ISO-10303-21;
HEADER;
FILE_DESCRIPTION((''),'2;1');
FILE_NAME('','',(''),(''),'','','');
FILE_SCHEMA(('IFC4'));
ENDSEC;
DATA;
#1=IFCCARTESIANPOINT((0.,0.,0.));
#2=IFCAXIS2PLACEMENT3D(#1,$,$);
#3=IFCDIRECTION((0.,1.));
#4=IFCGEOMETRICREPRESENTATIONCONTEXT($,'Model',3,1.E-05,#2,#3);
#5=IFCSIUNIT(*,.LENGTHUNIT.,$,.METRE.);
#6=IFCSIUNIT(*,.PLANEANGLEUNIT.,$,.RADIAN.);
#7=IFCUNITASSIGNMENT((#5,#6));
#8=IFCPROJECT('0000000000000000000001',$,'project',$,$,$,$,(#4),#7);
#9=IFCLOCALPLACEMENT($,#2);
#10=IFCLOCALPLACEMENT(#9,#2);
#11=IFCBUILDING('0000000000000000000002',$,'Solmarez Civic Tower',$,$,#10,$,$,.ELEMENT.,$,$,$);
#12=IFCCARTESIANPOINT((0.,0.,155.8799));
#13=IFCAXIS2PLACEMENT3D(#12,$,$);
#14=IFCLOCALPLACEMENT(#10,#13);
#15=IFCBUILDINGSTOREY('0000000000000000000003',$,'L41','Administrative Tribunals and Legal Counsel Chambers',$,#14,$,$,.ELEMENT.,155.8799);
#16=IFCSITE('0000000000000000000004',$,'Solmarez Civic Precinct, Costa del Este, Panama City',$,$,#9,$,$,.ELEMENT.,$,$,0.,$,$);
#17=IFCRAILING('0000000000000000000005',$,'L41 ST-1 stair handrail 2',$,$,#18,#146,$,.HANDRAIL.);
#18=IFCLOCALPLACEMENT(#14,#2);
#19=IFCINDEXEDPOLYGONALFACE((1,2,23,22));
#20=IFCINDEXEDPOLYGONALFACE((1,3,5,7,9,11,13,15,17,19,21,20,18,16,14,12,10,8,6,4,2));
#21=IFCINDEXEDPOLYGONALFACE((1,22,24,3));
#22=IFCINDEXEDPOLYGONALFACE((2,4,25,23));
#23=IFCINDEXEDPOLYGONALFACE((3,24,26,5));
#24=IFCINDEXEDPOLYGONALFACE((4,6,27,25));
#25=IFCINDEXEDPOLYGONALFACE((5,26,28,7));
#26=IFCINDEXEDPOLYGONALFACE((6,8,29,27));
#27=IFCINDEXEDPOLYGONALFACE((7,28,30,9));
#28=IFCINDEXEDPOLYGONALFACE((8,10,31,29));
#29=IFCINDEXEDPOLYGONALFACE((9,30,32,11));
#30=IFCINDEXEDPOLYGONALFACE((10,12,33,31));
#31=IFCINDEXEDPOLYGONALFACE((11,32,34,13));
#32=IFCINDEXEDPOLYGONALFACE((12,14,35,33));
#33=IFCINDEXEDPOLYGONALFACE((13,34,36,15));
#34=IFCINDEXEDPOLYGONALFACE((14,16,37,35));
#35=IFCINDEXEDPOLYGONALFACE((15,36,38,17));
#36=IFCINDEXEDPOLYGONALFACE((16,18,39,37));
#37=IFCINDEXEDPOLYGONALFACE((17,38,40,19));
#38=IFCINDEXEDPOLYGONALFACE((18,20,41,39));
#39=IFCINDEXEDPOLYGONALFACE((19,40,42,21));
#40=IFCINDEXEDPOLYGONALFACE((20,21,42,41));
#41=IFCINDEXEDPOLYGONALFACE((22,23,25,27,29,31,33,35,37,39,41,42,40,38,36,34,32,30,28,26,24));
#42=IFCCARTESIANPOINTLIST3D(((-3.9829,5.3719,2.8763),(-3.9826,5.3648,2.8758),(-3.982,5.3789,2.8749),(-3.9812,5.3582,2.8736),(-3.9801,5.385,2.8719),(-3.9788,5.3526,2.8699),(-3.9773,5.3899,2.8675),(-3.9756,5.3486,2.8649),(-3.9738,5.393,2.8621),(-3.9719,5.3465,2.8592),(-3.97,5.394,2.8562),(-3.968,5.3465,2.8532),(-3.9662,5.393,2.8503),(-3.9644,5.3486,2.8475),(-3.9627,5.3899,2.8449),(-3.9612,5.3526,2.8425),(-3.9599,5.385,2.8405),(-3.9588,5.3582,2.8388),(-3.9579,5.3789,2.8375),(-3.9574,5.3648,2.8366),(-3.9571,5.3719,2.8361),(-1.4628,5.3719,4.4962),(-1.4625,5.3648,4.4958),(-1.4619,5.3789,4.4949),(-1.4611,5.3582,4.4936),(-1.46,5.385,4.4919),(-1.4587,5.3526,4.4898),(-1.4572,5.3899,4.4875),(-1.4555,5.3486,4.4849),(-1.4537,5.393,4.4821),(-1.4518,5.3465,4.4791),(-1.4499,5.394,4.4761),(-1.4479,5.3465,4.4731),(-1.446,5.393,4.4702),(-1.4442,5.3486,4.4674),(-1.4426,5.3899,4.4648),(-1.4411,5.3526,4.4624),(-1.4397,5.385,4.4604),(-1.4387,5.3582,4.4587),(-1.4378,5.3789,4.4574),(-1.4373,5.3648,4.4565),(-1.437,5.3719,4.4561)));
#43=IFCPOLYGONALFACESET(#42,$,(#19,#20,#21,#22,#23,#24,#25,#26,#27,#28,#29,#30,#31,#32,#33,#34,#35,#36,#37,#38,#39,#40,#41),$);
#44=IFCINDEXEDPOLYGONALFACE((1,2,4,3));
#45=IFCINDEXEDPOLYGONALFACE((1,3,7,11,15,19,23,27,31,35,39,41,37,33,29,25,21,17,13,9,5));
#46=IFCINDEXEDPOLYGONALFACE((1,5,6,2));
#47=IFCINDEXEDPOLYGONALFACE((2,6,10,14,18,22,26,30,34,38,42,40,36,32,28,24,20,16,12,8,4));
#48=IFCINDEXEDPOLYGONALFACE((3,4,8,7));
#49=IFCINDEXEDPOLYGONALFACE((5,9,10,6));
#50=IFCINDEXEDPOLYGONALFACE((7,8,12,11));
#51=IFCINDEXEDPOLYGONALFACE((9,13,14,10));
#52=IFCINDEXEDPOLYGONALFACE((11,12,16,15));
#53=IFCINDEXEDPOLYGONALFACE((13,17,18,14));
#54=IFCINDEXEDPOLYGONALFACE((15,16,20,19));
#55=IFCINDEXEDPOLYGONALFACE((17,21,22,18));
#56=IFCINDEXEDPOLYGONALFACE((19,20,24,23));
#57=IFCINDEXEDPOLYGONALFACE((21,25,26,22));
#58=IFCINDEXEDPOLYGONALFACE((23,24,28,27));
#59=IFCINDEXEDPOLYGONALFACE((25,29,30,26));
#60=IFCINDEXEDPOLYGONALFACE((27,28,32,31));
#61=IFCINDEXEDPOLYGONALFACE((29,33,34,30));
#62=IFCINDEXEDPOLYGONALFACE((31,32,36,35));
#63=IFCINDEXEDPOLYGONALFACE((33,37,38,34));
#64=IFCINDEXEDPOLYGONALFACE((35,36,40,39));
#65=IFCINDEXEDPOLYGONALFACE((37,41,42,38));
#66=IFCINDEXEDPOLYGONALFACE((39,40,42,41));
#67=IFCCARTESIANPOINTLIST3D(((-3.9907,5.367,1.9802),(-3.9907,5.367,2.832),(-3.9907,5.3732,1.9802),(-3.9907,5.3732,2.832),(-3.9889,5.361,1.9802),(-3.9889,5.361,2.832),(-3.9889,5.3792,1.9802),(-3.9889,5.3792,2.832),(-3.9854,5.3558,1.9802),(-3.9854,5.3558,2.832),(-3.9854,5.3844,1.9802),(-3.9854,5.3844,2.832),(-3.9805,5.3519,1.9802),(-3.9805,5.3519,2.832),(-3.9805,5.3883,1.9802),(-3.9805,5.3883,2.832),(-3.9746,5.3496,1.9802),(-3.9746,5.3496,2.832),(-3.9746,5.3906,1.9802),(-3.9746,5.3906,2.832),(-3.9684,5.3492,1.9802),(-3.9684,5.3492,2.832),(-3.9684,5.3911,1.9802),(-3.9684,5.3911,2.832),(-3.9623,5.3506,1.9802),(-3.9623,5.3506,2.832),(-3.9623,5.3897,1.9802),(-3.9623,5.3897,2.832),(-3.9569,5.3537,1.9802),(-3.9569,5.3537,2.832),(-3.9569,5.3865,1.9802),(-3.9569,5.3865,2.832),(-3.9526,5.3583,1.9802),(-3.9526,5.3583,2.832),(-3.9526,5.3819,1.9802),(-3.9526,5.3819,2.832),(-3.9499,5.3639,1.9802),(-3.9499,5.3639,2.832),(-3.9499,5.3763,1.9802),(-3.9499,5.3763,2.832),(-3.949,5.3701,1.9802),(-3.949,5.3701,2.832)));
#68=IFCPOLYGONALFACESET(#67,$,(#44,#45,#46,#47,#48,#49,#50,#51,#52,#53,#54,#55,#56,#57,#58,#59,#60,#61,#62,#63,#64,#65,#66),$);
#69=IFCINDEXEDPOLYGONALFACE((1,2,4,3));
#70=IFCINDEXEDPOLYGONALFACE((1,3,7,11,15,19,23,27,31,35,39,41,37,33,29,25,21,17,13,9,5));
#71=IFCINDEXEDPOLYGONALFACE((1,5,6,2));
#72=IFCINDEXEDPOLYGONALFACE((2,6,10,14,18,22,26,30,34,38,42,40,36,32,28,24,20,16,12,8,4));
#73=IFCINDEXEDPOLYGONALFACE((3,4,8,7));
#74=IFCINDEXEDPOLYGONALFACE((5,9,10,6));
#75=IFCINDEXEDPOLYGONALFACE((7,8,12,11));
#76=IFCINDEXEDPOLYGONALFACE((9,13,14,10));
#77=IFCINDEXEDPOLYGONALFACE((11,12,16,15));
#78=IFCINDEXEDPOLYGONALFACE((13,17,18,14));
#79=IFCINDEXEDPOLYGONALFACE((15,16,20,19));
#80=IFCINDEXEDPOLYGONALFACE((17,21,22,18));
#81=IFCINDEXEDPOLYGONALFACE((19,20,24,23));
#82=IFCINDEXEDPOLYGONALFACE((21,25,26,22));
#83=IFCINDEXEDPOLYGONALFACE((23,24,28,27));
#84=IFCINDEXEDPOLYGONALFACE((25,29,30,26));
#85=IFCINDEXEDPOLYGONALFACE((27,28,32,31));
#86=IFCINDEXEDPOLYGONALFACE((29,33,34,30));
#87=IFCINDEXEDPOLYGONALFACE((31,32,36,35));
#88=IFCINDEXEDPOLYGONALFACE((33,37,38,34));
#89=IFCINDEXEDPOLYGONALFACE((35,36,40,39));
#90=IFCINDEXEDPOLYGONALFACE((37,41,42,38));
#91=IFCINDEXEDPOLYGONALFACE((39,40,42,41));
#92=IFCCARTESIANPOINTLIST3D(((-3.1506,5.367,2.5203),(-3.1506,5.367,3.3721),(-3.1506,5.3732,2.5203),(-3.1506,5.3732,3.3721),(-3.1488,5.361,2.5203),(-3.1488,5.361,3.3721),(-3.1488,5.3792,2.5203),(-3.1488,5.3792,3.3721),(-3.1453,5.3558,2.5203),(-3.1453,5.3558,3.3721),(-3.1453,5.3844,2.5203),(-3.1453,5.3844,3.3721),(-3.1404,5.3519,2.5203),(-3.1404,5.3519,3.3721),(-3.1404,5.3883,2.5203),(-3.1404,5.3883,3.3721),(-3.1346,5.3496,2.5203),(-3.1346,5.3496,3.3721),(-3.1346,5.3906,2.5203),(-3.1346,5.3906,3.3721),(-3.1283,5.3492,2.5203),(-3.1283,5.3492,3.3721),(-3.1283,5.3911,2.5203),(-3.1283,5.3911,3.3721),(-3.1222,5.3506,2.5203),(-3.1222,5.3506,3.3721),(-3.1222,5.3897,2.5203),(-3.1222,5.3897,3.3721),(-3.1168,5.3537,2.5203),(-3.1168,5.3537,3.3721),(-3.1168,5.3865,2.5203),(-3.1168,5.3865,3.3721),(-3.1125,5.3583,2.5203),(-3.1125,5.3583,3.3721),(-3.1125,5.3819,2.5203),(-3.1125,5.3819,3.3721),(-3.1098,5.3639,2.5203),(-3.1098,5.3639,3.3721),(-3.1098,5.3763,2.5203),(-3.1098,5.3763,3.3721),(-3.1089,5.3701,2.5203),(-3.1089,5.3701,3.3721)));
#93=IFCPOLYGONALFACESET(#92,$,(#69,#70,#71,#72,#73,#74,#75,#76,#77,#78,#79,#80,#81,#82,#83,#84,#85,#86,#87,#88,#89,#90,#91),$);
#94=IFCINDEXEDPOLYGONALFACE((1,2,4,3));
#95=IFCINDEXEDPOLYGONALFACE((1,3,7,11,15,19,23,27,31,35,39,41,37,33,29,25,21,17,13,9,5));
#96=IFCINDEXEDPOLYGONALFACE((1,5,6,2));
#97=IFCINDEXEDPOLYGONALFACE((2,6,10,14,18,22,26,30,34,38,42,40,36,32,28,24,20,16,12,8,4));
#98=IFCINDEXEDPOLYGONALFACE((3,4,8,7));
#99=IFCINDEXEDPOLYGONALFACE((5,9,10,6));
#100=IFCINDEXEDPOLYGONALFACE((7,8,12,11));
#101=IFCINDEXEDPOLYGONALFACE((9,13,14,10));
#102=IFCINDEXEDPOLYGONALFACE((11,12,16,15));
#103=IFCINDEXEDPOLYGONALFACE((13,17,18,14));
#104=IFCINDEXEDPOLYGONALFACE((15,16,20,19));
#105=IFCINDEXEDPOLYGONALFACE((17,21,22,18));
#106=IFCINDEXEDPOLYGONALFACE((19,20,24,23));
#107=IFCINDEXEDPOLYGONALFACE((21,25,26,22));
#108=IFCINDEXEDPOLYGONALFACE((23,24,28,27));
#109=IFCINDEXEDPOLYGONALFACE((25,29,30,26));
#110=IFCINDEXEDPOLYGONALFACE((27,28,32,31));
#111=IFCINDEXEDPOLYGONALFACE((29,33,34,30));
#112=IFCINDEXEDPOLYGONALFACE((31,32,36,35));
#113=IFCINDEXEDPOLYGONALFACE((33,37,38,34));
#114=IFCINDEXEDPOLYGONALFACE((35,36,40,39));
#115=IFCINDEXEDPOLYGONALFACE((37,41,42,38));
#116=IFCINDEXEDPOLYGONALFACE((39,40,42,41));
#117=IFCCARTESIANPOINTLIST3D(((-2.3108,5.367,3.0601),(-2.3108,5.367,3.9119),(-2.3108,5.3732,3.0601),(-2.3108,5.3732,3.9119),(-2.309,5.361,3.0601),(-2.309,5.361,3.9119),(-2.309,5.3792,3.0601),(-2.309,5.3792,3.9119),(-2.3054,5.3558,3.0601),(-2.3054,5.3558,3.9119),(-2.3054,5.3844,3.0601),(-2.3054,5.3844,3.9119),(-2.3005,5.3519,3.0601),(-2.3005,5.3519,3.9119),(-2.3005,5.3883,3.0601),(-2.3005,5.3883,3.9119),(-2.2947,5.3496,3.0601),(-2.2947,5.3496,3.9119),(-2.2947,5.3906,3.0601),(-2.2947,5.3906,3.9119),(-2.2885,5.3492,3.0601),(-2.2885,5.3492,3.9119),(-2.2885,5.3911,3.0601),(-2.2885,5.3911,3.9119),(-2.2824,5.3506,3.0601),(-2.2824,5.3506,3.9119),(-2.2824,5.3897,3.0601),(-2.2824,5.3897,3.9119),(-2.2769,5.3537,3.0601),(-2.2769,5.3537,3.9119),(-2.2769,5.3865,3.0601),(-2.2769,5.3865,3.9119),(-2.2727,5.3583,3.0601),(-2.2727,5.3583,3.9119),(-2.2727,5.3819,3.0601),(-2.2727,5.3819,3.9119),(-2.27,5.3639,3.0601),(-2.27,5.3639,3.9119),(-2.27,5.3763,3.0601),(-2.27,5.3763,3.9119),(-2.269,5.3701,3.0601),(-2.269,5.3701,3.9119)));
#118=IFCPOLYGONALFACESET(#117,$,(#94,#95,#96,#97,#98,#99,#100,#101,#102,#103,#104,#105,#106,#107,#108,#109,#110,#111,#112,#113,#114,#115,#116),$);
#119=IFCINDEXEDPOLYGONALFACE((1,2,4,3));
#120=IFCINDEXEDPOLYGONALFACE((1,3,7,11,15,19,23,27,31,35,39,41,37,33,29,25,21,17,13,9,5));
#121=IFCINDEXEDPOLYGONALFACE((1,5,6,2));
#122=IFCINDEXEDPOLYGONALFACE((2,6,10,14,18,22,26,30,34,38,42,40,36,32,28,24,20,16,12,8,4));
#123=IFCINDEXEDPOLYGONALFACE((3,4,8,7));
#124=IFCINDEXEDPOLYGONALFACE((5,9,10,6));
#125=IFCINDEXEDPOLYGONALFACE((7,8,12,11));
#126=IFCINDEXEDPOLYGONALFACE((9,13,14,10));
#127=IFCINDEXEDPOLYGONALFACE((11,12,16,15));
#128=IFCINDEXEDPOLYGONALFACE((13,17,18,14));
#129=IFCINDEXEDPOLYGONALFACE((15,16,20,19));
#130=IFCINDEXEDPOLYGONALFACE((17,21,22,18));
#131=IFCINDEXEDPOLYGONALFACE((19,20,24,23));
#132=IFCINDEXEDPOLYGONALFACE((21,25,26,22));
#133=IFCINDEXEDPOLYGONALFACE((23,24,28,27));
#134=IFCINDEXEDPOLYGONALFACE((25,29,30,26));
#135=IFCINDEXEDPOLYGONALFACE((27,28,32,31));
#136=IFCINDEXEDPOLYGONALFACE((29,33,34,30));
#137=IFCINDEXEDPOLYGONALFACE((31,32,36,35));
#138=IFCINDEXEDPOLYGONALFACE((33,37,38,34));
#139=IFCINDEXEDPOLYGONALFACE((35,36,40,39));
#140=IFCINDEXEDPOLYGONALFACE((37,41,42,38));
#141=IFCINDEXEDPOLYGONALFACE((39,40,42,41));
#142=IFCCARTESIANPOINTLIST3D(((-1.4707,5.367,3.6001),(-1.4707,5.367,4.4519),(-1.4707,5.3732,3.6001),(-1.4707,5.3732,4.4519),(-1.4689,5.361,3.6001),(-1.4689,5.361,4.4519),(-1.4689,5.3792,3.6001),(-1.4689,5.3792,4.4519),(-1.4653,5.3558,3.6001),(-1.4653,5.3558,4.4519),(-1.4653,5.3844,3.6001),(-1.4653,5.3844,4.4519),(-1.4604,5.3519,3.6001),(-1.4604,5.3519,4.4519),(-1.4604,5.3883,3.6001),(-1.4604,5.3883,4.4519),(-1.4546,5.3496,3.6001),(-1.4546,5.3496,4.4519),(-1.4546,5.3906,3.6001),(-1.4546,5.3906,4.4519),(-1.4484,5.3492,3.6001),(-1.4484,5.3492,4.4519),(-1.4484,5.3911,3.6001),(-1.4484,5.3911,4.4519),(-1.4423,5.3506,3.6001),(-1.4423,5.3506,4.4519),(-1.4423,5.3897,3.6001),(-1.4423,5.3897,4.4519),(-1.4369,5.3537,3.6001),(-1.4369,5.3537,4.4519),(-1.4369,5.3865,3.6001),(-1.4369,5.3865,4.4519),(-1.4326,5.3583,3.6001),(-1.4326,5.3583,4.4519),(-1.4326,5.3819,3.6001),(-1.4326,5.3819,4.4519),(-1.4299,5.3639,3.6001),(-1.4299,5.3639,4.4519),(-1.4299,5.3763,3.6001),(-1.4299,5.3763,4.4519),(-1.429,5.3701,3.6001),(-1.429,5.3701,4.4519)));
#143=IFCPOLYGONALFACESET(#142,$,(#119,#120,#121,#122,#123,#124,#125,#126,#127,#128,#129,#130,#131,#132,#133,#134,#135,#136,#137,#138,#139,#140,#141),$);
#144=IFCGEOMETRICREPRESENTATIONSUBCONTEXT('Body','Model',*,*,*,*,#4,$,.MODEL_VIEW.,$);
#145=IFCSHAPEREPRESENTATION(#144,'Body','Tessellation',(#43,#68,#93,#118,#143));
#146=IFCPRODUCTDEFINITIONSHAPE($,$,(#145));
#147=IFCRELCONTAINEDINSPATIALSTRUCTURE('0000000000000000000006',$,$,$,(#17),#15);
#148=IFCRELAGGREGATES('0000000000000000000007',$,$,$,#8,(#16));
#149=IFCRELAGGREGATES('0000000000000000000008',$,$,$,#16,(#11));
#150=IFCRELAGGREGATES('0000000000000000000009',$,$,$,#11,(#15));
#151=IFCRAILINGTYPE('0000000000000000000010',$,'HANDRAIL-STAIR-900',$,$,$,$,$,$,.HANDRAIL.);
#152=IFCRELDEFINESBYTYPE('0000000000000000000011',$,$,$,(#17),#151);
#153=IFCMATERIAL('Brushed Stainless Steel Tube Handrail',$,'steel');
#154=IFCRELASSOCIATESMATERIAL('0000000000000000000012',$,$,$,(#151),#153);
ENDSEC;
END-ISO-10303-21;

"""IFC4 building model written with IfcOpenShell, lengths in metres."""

from ifc_helpers import new_model, si_unit, direction, frame, origin, origin_2d, place, context, subcontext, project, spatial, circle, extrude, material, type_object, element, save


model = new_model("IFC4")

# Units and contexts
model_context = context("Model", 3, precision=1e-05, world=origin(), true_north=direction((0.0, 1.0)))
body_context = subcontext(model_context, "Body", "Model", "MODEL_VIEW")
ifc_project = project(units=[si_unit("LENGTHUNIT", "METRE"), si_unit("PLANEANGLEUNIT", "RADIAN")], contexts=[model_context])

# Site, building, storey
site_placement = place(None, origin())
site = spatial("IfcSite", under=ifc_project, at=site_placement, Name="Solmarez Civic Precinct, Costa del Este, Panama City", CompositionType="ELEMENT", RefElevation=0.0)
building_placement = place(site_placement, origin())
building = spatial("IfcBuilding", under=site, at=building_placement, Name="Solmarez Civic Tower", CompositionType="ELEMENT")
storey_placement = place(building_placement, frame((0.0, 0.0, 155.8799)))
storey = spatial("IfcBuildingStorey", under=building, at=storey_placement, Name="L41", Description="Administrative Tribunals and Legal Counsel Chambers", CompositionType="ELEMENT", Elevation=155.8799)

# Railing
ifc_material_1 = material(Name="Brushed Stainless Steel Tube Handrail", Category="steel")
railing_type_1 = type_object("IfcRailingType", Name="HANDRAIL-STAIR-900", PredefinedType="HANDRAIL", material=ifc_material_1)
railing_1_placement = place(storey_placement, frame((-3.97, 5.3701, 1.9802)))
element("IfcRailing", 1, at=railing_1_placement, inside=storey, type_object=railing_type_1, Name="L41 ST-1 stair handrail 2", PredefinedType="HANDRAIL", context=body_context, shape_type="SweptSolid", body=[
    extrude(circle(Radius=0.0239, at=origin_2d()), frame((0.0, 0.0, 0.876), z_axis=(0.8412, 0.0, 0.540725), x_axis=(0.0, 1.0, 0.0)), (0.0, 0.0, 1.0), 2.9958),
    extrude(circle(Radius=0.021, at=origin_2d()), origin(), (0.0, 0.0, 1.0), 0.8518),
    extrude(circle(Radius=0.021, at=origin_2d()), frame((0.8401, 0.0, 0.54)), (0.0, 0.0, 1.0), 0.8518),
    extrude(circle(Radius=0.021, at=origin_2d()), frame((1.6799, 0.0, 1.0798)), (0.0, 0.0, 1.0), 0.8518),
    extrude(circle(Radius=0.021, at=origin_2d()), frame((2.52, 0.0, 1.6199)), (0.0, 0.0, 1.0), 0.8518),
])

save(model, "model.ifc")
